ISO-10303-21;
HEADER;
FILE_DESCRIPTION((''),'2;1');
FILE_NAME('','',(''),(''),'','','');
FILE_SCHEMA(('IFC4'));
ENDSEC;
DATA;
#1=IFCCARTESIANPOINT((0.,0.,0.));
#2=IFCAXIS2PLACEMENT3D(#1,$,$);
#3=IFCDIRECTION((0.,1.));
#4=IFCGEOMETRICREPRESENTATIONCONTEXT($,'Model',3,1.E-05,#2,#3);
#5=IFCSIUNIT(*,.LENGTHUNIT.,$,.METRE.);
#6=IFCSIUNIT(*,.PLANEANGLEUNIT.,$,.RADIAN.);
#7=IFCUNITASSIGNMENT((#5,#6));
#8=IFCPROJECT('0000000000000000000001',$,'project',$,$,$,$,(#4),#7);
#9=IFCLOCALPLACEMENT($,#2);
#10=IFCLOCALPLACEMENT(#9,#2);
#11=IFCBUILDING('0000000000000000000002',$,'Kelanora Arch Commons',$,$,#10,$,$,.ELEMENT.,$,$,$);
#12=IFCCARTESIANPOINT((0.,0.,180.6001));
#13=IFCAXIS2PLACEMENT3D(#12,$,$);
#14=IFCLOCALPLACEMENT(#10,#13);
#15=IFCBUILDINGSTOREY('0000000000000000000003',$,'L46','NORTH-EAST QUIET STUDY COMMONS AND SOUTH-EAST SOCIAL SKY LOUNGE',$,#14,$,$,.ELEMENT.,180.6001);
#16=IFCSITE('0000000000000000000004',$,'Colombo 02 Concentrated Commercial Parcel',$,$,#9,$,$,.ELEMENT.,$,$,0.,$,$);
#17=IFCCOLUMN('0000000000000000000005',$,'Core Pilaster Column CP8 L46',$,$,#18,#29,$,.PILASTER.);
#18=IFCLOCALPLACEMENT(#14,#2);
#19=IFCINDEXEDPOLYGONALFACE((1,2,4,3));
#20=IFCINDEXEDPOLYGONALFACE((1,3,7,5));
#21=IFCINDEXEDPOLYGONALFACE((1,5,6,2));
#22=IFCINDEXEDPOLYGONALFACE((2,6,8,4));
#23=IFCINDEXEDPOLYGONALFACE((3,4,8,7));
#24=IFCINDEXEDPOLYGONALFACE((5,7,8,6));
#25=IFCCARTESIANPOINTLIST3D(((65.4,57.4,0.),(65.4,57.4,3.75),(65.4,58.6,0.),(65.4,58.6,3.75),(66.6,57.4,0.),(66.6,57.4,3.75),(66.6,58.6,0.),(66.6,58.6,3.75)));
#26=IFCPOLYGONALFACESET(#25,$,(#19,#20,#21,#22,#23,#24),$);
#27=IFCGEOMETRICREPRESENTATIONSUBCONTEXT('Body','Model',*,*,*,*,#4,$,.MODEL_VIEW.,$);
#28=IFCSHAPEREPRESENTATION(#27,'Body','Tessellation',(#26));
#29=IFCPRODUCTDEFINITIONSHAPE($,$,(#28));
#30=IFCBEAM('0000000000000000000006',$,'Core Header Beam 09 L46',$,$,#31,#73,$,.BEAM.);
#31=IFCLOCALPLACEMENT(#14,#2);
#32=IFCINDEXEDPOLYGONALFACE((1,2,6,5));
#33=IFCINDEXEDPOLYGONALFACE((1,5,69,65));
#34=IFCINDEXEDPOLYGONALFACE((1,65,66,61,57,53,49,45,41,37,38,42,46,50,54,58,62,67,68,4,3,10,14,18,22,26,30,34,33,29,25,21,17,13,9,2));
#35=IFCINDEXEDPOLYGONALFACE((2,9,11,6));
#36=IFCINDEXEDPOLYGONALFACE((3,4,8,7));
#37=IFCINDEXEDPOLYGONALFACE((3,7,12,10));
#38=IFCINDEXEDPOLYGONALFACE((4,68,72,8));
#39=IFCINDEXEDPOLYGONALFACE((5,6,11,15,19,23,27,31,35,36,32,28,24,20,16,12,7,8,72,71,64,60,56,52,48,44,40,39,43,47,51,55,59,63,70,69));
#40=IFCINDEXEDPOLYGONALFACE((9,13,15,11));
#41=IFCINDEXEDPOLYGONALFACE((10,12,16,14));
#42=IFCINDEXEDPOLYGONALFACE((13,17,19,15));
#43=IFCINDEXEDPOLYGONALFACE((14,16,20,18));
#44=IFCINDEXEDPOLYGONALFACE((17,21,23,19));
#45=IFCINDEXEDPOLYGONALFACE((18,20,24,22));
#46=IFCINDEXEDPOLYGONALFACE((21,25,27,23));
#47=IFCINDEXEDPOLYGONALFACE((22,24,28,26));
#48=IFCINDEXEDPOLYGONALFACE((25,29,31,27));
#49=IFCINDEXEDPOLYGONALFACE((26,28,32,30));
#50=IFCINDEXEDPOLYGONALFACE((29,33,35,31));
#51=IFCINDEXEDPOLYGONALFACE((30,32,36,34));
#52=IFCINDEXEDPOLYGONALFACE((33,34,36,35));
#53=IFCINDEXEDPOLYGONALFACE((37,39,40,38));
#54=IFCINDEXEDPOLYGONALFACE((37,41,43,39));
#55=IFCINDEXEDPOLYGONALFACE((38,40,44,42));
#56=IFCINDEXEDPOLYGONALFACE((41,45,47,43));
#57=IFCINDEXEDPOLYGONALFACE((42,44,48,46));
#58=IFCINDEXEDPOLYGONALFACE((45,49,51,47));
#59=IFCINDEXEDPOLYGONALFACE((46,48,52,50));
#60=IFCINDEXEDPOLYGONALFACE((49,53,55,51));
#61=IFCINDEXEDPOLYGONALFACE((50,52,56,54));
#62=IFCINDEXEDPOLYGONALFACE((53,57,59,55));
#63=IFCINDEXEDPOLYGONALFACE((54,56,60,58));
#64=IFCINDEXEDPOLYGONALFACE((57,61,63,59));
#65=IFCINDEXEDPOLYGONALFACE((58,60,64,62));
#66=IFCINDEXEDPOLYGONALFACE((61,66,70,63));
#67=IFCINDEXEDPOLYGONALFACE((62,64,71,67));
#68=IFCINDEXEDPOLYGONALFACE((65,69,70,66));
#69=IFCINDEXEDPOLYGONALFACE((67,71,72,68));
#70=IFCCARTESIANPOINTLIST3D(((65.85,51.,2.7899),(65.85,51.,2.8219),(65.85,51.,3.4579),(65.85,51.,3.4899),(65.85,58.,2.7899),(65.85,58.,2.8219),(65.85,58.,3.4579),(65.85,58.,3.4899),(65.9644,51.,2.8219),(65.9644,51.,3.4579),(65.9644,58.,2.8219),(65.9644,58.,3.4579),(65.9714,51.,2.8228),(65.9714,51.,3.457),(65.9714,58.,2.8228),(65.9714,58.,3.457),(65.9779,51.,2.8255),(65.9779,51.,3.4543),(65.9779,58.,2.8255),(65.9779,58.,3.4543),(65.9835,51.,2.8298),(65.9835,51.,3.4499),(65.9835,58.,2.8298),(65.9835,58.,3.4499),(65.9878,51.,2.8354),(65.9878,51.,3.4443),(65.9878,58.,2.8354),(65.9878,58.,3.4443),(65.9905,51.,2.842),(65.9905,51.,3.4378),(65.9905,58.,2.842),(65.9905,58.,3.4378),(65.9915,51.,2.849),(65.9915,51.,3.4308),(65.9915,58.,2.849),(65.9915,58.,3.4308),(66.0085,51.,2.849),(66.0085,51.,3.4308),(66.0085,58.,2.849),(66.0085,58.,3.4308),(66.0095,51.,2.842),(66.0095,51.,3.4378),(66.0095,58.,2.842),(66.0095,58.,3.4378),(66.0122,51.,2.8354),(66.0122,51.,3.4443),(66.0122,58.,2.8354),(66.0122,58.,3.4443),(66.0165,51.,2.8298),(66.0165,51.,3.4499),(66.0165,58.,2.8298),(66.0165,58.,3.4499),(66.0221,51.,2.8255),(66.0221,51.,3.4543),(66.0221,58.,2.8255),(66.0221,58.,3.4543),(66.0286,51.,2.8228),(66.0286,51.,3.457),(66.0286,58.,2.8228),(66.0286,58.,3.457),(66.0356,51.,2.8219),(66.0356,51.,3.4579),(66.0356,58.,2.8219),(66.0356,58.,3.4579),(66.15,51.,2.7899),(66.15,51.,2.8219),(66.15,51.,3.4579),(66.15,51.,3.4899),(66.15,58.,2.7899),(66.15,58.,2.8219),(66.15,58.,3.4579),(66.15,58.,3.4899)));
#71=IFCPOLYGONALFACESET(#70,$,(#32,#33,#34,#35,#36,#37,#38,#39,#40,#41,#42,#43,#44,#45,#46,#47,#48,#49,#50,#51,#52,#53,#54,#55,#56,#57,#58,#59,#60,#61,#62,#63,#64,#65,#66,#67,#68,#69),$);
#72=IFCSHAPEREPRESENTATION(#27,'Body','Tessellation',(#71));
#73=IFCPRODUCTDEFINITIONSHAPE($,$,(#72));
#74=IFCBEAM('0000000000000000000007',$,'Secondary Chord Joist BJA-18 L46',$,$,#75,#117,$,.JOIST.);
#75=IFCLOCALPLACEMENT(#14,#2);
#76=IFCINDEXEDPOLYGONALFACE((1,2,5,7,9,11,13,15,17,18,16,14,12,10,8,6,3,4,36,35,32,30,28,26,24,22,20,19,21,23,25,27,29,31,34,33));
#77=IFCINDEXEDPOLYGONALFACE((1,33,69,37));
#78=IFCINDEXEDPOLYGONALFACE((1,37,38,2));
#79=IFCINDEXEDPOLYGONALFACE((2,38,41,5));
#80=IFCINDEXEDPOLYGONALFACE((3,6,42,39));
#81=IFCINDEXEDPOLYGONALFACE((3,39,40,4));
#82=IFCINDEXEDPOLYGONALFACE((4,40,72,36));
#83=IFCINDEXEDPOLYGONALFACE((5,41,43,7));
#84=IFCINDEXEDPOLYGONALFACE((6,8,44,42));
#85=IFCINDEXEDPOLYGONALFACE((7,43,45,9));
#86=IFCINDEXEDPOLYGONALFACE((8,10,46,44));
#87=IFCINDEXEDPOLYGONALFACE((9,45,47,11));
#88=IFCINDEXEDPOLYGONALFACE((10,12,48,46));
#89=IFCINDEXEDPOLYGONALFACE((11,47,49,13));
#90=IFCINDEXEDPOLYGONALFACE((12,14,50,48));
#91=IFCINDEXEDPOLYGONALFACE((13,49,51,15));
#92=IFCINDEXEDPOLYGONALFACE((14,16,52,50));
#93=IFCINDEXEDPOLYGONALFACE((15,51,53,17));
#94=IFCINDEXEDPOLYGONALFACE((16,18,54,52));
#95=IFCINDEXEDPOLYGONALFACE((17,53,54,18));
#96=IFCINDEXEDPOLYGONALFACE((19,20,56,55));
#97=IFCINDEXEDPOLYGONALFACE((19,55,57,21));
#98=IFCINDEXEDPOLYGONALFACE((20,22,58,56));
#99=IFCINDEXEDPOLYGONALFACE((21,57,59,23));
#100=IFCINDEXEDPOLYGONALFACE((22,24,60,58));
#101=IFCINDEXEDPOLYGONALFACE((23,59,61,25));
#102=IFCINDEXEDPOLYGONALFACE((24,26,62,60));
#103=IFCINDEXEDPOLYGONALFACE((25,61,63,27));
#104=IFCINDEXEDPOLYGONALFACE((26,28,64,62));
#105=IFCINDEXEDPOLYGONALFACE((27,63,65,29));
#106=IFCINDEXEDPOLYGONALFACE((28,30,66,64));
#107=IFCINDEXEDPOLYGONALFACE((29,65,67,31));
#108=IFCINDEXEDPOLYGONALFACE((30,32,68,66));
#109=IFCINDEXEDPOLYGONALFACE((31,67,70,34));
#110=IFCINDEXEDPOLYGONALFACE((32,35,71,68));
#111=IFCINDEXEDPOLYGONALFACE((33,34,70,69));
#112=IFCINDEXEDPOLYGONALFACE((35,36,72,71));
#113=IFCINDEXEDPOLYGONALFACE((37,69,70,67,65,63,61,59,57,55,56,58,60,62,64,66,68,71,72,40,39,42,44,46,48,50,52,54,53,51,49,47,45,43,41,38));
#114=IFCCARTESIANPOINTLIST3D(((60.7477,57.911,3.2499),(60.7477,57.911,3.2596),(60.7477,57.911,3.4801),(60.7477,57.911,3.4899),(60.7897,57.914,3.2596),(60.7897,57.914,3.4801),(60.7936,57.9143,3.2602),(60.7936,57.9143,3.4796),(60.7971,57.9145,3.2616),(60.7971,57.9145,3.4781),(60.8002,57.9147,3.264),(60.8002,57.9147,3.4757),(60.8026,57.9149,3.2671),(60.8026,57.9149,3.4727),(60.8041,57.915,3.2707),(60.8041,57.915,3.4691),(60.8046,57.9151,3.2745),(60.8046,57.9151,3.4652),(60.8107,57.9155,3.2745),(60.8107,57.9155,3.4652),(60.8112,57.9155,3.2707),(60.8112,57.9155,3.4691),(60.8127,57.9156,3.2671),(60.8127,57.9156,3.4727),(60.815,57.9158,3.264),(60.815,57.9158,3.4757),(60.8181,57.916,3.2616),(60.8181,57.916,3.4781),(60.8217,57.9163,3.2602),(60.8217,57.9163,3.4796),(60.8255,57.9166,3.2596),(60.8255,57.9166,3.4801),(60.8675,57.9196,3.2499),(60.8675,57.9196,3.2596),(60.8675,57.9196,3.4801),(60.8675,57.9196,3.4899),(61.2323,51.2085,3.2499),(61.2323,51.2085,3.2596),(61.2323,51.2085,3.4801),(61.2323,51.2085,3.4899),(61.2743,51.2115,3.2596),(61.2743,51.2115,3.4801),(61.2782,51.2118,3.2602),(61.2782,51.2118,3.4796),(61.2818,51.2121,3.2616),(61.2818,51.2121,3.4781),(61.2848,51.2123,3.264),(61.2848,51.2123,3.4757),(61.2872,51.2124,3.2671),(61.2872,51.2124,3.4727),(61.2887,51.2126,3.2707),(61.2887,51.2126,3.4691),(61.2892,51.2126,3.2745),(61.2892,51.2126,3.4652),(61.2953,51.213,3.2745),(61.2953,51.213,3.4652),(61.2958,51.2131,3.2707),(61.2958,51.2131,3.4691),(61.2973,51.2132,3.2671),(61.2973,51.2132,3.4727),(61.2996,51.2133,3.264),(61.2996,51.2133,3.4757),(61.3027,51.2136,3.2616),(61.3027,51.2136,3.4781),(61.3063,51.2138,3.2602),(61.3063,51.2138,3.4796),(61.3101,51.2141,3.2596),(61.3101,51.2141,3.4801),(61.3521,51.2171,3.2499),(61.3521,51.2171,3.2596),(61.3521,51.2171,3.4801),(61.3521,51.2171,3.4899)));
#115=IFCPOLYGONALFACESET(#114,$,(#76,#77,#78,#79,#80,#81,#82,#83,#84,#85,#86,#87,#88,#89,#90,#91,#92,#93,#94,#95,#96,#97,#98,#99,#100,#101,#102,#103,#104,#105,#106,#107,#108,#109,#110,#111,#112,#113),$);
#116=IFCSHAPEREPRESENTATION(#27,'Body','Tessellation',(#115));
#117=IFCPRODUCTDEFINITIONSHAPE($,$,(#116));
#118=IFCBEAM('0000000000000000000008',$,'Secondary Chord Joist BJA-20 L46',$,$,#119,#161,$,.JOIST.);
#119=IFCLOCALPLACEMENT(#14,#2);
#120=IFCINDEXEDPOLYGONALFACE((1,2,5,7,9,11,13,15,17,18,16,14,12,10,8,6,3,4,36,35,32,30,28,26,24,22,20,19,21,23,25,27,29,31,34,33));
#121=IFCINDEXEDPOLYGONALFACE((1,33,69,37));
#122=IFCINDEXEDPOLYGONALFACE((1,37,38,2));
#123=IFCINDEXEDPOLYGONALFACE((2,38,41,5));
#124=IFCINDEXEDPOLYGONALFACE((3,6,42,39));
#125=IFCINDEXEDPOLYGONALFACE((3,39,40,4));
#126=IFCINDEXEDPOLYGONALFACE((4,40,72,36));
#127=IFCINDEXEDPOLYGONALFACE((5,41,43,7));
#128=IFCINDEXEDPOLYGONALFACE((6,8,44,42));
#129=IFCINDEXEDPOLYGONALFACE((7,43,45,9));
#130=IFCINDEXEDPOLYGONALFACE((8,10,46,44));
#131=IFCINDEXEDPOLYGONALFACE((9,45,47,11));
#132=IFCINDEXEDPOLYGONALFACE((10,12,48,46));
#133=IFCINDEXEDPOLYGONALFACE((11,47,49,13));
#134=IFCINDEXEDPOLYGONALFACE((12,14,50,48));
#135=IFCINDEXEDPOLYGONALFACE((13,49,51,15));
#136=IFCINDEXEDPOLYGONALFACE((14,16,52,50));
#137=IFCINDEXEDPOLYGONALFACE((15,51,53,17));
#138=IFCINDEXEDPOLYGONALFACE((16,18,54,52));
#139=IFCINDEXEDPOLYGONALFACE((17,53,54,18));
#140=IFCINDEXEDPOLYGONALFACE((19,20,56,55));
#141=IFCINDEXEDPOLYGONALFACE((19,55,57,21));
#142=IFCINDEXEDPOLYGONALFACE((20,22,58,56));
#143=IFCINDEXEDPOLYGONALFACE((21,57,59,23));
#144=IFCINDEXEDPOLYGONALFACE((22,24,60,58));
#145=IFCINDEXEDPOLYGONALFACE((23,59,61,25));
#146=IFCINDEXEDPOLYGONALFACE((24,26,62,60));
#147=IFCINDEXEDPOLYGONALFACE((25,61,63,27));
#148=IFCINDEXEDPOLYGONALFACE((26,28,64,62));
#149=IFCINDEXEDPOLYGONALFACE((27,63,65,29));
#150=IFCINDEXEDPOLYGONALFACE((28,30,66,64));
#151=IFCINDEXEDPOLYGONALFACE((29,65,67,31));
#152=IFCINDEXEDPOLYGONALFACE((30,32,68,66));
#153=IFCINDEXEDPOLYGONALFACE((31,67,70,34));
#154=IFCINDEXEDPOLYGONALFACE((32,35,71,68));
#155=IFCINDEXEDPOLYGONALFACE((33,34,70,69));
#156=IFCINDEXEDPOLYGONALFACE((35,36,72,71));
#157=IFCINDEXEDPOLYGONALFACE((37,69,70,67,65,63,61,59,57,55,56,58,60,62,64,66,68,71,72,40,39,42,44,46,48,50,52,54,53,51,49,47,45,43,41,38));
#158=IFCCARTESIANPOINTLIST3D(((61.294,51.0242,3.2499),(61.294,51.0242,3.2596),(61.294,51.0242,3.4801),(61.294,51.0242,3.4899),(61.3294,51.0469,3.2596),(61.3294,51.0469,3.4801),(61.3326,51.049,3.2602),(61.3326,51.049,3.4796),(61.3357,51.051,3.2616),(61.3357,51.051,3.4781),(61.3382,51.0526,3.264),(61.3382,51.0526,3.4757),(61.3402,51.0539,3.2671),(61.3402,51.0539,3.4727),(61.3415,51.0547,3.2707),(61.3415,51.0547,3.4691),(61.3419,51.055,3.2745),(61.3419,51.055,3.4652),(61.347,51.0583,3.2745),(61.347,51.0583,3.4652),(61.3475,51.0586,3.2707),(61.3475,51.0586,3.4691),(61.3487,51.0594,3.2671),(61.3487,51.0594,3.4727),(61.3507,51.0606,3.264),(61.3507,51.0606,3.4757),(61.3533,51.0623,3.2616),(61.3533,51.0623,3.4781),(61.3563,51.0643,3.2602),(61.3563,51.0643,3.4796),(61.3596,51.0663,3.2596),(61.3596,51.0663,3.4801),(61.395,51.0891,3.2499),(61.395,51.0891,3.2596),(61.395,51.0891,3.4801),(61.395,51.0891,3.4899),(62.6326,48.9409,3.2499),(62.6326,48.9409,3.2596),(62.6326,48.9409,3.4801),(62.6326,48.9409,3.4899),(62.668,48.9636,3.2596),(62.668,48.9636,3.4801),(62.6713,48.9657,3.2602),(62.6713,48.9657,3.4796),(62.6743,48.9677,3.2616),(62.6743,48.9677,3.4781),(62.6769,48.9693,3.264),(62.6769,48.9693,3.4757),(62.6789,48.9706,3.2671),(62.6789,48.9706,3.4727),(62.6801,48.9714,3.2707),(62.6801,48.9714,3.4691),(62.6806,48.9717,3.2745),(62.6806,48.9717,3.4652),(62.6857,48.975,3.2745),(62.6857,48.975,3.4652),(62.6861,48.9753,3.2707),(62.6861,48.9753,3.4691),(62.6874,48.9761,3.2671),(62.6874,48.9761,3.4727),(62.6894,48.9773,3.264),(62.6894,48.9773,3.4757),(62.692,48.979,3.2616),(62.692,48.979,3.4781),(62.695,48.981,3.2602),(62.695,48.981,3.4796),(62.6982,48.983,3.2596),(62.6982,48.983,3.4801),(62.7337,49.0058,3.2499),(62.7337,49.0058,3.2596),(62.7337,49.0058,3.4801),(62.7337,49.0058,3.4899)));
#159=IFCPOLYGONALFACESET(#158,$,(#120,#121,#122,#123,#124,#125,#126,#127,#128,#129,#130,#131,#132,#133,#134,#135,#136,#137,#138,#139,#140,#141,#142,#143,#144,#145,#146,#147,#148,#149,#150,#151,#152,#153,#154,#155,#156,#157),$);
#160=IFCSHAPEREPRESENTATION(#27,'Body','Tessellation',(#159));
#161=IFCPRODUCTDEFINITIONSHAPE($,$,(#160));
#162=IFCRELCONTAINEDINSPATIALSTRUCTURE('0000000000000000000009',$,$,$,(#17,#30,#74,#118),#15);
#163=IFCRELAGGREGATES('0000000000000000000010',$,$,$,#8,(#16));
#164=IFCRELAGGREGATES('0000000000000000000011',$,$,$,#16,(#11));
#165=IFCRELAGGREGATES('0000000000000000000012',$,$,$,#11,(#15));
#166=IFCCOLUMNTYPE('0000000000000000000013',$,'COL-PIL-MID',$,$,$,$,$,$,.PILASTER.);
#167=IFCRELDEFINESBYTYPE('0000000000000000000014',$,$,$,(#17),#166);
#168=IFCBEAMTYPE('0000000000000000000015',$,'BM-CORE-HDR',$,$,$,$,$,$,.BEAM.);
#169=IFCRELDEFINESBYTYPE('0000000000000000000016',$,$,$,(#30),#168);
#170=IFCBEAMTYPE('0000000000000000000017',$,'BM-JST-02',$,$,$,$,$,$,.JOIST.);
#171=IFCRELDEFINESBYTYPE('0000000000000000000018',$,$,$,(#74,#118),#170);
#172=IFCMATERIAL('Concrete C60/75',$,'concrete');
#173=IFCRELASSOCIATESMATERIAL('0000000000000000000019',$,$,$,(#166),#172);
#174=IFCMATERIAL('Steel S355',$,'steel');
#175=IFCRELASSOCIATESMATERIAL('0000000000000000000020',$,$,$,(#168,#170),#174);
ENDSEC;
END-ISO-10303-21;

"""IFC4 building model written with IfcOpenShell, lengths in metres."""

from ifc_helpers import new_model, si_unit, direction, frame, origin, origin_2d, place, context, subcontext, project, spatial, rectangle, i_section, extrude, material, material_profile, profile_set, type_object, element, save


model = new_model("IFC4")

# Units and contexts
model_context = context("Model", 3, precision=1e-05, world=origin(), true_north=direction((0.0, 1.0)))
body_context = subcontext(model_context, "Body", "Model", "MODEL_VIEW")
ifc_project = project(units=[si_unit("LENGTHUNIT", "METRE"), si_unit("PLANEANGLEUNIT", "RADIAN")], contexts=[model_context])

# Site, building, storey
site_placement = place(None, origin())
site = spatial("IfcSite", under=ifc_project, at=site_placement, Name="Colombo 02 Concentrated Commercial Parcel", CompositionType="ELEMENT", RefElevation=0.0)
building_placement = place(site_placement, origin())
building = spatial("IfcBuilding", under=site, at=building_placement, Name="Kelanora Arch Commons", CompositionType="ELEMENT")
storey_placement = place(building_placement, frame((0.0, 0.0, 180.6001)))
storey = spatial("IfcBuildingStorey", under=building, at=storey_placement, Name="L46", Description="NORTH-EAST QUIET STUDY COMMONS AND SOUTH-EAST SOCIAL SKY LOUNGE", CompositionType="ELEMENT", Elevation=180.6001)

# Column
ifc_material_1 = material(Name="Concrete C60/75", Category="concrete")
ifc_material_profile_1 = material_profile(ifc_material_1, rectangle(XDim=1.2, YDim=1.2, at=origin_2d()), Name="RC1200x1200")
ifc_profile_set_1 = profile_set([ifc_material_profile_1], Name="Concrete C60/75")
column_type = type_object("IfcColumnType", Name="COL-PIL-MID", PredefinedType="PILASTER", material=ifc_profile_set_1)
column_placement = place(storey_placement, frame((66.0, 58.0, 0.0), z_axis=(0.0, 0.0, 1.0), x_axis=(1.0, 0.0, 0.0)))
element("IfcColumn", 1, at=column_placement, inside=storey, type_object=column_type, Name="Core Pilaster Column CP8 L46", PredefinedType="PILASTER", context=body_context, shape_type="SweptSolid", body=[
    extrude(rectangle(XDim=1.2, YDim=1.2, at=origin_2d()), origin(), (0.0, 0.0, 1.0), 3.75),
])

# Beams
ifc_material_2 = material(Name="Steel S355", Category="steel")
ifc_material_profile_2 = material_profile(ifc_material_2, i_section(OverallWidth=0.3, OverallDepth=0.7, WebThickness=0.0171, FlangeThickness=0.032, FilletRadius=0.0271, at=origin_2d()), Name="HEB700")
ifc_profile_set_2 = profile_set([ifc_material_profile_2], Name="Steel S355")
beam_type_1 = type_object("IfcBeamType", Name="BM-CORE-HDR", PredefinedType="BEAM", material=ifc_profile_set_2)
beam_1_placement = place(storey_placement, frame((66.0, 58.0, 3.1399), z_axis=(0.0, -1.0, 0.0), x_axis=(1.0, 0.0, 0.0)))
element("IfcBeam", 2, at=beam_1_placement, inside=storey, type_object=beam_type_1, Name="Core Header Beam 09 L46", PredefinedType="BEAM", context=body_context, shape_type="SweptSolid", body=[
    extrude(i_section(OverallWidth=0.3, OverallDepth=0.7, WebThickness=0.0171, FlangeThickness=0.032, FilletRadius=0.0271, at=origin_2d()), origin(), (0.0, 0.0, 1.0), 7.0),
])
ifc_material_profile_3 = material_profile(ifc_material_2, i_section(OverallWidth=0.1201, OverallDepth=0.24, WebThickness=0.0061, FlangeThickness=0.0098, FilletRadius=0.0149, at=origin_2d()), Name="IPE240")
ifc_profile_set_3 = profile_set([ifc_material_profile_3], Name="Steel S355")
beam_type_2 = type_object("IfcBeamType", Name="BM-JST-02", PredefinedType="JOIST", material=ifc_profile_set_3)
beam_2_placement = place(storey_placement, frame((60.8076, 57.9153, 3.3699), z_axis=(0.072117, -0.997396, 0.0), x_axis=(0.997396, 0.072117, 0.0)))
element("IfcBeam", 3, at=beam_2_placement, inside=storey, type_object=beam_type_2, Name="Secondary Chord Joist BJA-18 L46", PredefinedType="JOIST", context=body_context, shape_type="SweptSolid", body=[
    extrude(i_section(OverallWidth=0.1201, OverallDepth=0.24, WebThickness=0.0061, FlangeThickness=0.0098, FilletRadius=0.0149, at=origin_2d()), origin(), (0.0, 0.0, 1.0), 6.72),
])
beam_3_placement = place(storey_placement, frame((61.3445, 51.0566, 3.3699), z_axis=(0.540583, -0.841291, 0.0), x_axis=(0.841291, 0.540583, 0.0)))
element("IfcBeam", 4, at=beam_3_placement, inside=storey, type_object=beam_type_2, Name="Secondary Chord Joist BJA-20 L46", PredefinedType="JOIST", context=body_context, shape_type="SweptSolid", body=[
    extrude(i_section(OverallWidth=0.1201, OverallDepth=0.24, WebThickness=0.0061, FlangeThickness=0.0098, FilletRadius=0.0149, at=origin_2d()), origin(), (0.0, 0.0, 1.0), 2.4763),
])

save(model, "model.ifc")
